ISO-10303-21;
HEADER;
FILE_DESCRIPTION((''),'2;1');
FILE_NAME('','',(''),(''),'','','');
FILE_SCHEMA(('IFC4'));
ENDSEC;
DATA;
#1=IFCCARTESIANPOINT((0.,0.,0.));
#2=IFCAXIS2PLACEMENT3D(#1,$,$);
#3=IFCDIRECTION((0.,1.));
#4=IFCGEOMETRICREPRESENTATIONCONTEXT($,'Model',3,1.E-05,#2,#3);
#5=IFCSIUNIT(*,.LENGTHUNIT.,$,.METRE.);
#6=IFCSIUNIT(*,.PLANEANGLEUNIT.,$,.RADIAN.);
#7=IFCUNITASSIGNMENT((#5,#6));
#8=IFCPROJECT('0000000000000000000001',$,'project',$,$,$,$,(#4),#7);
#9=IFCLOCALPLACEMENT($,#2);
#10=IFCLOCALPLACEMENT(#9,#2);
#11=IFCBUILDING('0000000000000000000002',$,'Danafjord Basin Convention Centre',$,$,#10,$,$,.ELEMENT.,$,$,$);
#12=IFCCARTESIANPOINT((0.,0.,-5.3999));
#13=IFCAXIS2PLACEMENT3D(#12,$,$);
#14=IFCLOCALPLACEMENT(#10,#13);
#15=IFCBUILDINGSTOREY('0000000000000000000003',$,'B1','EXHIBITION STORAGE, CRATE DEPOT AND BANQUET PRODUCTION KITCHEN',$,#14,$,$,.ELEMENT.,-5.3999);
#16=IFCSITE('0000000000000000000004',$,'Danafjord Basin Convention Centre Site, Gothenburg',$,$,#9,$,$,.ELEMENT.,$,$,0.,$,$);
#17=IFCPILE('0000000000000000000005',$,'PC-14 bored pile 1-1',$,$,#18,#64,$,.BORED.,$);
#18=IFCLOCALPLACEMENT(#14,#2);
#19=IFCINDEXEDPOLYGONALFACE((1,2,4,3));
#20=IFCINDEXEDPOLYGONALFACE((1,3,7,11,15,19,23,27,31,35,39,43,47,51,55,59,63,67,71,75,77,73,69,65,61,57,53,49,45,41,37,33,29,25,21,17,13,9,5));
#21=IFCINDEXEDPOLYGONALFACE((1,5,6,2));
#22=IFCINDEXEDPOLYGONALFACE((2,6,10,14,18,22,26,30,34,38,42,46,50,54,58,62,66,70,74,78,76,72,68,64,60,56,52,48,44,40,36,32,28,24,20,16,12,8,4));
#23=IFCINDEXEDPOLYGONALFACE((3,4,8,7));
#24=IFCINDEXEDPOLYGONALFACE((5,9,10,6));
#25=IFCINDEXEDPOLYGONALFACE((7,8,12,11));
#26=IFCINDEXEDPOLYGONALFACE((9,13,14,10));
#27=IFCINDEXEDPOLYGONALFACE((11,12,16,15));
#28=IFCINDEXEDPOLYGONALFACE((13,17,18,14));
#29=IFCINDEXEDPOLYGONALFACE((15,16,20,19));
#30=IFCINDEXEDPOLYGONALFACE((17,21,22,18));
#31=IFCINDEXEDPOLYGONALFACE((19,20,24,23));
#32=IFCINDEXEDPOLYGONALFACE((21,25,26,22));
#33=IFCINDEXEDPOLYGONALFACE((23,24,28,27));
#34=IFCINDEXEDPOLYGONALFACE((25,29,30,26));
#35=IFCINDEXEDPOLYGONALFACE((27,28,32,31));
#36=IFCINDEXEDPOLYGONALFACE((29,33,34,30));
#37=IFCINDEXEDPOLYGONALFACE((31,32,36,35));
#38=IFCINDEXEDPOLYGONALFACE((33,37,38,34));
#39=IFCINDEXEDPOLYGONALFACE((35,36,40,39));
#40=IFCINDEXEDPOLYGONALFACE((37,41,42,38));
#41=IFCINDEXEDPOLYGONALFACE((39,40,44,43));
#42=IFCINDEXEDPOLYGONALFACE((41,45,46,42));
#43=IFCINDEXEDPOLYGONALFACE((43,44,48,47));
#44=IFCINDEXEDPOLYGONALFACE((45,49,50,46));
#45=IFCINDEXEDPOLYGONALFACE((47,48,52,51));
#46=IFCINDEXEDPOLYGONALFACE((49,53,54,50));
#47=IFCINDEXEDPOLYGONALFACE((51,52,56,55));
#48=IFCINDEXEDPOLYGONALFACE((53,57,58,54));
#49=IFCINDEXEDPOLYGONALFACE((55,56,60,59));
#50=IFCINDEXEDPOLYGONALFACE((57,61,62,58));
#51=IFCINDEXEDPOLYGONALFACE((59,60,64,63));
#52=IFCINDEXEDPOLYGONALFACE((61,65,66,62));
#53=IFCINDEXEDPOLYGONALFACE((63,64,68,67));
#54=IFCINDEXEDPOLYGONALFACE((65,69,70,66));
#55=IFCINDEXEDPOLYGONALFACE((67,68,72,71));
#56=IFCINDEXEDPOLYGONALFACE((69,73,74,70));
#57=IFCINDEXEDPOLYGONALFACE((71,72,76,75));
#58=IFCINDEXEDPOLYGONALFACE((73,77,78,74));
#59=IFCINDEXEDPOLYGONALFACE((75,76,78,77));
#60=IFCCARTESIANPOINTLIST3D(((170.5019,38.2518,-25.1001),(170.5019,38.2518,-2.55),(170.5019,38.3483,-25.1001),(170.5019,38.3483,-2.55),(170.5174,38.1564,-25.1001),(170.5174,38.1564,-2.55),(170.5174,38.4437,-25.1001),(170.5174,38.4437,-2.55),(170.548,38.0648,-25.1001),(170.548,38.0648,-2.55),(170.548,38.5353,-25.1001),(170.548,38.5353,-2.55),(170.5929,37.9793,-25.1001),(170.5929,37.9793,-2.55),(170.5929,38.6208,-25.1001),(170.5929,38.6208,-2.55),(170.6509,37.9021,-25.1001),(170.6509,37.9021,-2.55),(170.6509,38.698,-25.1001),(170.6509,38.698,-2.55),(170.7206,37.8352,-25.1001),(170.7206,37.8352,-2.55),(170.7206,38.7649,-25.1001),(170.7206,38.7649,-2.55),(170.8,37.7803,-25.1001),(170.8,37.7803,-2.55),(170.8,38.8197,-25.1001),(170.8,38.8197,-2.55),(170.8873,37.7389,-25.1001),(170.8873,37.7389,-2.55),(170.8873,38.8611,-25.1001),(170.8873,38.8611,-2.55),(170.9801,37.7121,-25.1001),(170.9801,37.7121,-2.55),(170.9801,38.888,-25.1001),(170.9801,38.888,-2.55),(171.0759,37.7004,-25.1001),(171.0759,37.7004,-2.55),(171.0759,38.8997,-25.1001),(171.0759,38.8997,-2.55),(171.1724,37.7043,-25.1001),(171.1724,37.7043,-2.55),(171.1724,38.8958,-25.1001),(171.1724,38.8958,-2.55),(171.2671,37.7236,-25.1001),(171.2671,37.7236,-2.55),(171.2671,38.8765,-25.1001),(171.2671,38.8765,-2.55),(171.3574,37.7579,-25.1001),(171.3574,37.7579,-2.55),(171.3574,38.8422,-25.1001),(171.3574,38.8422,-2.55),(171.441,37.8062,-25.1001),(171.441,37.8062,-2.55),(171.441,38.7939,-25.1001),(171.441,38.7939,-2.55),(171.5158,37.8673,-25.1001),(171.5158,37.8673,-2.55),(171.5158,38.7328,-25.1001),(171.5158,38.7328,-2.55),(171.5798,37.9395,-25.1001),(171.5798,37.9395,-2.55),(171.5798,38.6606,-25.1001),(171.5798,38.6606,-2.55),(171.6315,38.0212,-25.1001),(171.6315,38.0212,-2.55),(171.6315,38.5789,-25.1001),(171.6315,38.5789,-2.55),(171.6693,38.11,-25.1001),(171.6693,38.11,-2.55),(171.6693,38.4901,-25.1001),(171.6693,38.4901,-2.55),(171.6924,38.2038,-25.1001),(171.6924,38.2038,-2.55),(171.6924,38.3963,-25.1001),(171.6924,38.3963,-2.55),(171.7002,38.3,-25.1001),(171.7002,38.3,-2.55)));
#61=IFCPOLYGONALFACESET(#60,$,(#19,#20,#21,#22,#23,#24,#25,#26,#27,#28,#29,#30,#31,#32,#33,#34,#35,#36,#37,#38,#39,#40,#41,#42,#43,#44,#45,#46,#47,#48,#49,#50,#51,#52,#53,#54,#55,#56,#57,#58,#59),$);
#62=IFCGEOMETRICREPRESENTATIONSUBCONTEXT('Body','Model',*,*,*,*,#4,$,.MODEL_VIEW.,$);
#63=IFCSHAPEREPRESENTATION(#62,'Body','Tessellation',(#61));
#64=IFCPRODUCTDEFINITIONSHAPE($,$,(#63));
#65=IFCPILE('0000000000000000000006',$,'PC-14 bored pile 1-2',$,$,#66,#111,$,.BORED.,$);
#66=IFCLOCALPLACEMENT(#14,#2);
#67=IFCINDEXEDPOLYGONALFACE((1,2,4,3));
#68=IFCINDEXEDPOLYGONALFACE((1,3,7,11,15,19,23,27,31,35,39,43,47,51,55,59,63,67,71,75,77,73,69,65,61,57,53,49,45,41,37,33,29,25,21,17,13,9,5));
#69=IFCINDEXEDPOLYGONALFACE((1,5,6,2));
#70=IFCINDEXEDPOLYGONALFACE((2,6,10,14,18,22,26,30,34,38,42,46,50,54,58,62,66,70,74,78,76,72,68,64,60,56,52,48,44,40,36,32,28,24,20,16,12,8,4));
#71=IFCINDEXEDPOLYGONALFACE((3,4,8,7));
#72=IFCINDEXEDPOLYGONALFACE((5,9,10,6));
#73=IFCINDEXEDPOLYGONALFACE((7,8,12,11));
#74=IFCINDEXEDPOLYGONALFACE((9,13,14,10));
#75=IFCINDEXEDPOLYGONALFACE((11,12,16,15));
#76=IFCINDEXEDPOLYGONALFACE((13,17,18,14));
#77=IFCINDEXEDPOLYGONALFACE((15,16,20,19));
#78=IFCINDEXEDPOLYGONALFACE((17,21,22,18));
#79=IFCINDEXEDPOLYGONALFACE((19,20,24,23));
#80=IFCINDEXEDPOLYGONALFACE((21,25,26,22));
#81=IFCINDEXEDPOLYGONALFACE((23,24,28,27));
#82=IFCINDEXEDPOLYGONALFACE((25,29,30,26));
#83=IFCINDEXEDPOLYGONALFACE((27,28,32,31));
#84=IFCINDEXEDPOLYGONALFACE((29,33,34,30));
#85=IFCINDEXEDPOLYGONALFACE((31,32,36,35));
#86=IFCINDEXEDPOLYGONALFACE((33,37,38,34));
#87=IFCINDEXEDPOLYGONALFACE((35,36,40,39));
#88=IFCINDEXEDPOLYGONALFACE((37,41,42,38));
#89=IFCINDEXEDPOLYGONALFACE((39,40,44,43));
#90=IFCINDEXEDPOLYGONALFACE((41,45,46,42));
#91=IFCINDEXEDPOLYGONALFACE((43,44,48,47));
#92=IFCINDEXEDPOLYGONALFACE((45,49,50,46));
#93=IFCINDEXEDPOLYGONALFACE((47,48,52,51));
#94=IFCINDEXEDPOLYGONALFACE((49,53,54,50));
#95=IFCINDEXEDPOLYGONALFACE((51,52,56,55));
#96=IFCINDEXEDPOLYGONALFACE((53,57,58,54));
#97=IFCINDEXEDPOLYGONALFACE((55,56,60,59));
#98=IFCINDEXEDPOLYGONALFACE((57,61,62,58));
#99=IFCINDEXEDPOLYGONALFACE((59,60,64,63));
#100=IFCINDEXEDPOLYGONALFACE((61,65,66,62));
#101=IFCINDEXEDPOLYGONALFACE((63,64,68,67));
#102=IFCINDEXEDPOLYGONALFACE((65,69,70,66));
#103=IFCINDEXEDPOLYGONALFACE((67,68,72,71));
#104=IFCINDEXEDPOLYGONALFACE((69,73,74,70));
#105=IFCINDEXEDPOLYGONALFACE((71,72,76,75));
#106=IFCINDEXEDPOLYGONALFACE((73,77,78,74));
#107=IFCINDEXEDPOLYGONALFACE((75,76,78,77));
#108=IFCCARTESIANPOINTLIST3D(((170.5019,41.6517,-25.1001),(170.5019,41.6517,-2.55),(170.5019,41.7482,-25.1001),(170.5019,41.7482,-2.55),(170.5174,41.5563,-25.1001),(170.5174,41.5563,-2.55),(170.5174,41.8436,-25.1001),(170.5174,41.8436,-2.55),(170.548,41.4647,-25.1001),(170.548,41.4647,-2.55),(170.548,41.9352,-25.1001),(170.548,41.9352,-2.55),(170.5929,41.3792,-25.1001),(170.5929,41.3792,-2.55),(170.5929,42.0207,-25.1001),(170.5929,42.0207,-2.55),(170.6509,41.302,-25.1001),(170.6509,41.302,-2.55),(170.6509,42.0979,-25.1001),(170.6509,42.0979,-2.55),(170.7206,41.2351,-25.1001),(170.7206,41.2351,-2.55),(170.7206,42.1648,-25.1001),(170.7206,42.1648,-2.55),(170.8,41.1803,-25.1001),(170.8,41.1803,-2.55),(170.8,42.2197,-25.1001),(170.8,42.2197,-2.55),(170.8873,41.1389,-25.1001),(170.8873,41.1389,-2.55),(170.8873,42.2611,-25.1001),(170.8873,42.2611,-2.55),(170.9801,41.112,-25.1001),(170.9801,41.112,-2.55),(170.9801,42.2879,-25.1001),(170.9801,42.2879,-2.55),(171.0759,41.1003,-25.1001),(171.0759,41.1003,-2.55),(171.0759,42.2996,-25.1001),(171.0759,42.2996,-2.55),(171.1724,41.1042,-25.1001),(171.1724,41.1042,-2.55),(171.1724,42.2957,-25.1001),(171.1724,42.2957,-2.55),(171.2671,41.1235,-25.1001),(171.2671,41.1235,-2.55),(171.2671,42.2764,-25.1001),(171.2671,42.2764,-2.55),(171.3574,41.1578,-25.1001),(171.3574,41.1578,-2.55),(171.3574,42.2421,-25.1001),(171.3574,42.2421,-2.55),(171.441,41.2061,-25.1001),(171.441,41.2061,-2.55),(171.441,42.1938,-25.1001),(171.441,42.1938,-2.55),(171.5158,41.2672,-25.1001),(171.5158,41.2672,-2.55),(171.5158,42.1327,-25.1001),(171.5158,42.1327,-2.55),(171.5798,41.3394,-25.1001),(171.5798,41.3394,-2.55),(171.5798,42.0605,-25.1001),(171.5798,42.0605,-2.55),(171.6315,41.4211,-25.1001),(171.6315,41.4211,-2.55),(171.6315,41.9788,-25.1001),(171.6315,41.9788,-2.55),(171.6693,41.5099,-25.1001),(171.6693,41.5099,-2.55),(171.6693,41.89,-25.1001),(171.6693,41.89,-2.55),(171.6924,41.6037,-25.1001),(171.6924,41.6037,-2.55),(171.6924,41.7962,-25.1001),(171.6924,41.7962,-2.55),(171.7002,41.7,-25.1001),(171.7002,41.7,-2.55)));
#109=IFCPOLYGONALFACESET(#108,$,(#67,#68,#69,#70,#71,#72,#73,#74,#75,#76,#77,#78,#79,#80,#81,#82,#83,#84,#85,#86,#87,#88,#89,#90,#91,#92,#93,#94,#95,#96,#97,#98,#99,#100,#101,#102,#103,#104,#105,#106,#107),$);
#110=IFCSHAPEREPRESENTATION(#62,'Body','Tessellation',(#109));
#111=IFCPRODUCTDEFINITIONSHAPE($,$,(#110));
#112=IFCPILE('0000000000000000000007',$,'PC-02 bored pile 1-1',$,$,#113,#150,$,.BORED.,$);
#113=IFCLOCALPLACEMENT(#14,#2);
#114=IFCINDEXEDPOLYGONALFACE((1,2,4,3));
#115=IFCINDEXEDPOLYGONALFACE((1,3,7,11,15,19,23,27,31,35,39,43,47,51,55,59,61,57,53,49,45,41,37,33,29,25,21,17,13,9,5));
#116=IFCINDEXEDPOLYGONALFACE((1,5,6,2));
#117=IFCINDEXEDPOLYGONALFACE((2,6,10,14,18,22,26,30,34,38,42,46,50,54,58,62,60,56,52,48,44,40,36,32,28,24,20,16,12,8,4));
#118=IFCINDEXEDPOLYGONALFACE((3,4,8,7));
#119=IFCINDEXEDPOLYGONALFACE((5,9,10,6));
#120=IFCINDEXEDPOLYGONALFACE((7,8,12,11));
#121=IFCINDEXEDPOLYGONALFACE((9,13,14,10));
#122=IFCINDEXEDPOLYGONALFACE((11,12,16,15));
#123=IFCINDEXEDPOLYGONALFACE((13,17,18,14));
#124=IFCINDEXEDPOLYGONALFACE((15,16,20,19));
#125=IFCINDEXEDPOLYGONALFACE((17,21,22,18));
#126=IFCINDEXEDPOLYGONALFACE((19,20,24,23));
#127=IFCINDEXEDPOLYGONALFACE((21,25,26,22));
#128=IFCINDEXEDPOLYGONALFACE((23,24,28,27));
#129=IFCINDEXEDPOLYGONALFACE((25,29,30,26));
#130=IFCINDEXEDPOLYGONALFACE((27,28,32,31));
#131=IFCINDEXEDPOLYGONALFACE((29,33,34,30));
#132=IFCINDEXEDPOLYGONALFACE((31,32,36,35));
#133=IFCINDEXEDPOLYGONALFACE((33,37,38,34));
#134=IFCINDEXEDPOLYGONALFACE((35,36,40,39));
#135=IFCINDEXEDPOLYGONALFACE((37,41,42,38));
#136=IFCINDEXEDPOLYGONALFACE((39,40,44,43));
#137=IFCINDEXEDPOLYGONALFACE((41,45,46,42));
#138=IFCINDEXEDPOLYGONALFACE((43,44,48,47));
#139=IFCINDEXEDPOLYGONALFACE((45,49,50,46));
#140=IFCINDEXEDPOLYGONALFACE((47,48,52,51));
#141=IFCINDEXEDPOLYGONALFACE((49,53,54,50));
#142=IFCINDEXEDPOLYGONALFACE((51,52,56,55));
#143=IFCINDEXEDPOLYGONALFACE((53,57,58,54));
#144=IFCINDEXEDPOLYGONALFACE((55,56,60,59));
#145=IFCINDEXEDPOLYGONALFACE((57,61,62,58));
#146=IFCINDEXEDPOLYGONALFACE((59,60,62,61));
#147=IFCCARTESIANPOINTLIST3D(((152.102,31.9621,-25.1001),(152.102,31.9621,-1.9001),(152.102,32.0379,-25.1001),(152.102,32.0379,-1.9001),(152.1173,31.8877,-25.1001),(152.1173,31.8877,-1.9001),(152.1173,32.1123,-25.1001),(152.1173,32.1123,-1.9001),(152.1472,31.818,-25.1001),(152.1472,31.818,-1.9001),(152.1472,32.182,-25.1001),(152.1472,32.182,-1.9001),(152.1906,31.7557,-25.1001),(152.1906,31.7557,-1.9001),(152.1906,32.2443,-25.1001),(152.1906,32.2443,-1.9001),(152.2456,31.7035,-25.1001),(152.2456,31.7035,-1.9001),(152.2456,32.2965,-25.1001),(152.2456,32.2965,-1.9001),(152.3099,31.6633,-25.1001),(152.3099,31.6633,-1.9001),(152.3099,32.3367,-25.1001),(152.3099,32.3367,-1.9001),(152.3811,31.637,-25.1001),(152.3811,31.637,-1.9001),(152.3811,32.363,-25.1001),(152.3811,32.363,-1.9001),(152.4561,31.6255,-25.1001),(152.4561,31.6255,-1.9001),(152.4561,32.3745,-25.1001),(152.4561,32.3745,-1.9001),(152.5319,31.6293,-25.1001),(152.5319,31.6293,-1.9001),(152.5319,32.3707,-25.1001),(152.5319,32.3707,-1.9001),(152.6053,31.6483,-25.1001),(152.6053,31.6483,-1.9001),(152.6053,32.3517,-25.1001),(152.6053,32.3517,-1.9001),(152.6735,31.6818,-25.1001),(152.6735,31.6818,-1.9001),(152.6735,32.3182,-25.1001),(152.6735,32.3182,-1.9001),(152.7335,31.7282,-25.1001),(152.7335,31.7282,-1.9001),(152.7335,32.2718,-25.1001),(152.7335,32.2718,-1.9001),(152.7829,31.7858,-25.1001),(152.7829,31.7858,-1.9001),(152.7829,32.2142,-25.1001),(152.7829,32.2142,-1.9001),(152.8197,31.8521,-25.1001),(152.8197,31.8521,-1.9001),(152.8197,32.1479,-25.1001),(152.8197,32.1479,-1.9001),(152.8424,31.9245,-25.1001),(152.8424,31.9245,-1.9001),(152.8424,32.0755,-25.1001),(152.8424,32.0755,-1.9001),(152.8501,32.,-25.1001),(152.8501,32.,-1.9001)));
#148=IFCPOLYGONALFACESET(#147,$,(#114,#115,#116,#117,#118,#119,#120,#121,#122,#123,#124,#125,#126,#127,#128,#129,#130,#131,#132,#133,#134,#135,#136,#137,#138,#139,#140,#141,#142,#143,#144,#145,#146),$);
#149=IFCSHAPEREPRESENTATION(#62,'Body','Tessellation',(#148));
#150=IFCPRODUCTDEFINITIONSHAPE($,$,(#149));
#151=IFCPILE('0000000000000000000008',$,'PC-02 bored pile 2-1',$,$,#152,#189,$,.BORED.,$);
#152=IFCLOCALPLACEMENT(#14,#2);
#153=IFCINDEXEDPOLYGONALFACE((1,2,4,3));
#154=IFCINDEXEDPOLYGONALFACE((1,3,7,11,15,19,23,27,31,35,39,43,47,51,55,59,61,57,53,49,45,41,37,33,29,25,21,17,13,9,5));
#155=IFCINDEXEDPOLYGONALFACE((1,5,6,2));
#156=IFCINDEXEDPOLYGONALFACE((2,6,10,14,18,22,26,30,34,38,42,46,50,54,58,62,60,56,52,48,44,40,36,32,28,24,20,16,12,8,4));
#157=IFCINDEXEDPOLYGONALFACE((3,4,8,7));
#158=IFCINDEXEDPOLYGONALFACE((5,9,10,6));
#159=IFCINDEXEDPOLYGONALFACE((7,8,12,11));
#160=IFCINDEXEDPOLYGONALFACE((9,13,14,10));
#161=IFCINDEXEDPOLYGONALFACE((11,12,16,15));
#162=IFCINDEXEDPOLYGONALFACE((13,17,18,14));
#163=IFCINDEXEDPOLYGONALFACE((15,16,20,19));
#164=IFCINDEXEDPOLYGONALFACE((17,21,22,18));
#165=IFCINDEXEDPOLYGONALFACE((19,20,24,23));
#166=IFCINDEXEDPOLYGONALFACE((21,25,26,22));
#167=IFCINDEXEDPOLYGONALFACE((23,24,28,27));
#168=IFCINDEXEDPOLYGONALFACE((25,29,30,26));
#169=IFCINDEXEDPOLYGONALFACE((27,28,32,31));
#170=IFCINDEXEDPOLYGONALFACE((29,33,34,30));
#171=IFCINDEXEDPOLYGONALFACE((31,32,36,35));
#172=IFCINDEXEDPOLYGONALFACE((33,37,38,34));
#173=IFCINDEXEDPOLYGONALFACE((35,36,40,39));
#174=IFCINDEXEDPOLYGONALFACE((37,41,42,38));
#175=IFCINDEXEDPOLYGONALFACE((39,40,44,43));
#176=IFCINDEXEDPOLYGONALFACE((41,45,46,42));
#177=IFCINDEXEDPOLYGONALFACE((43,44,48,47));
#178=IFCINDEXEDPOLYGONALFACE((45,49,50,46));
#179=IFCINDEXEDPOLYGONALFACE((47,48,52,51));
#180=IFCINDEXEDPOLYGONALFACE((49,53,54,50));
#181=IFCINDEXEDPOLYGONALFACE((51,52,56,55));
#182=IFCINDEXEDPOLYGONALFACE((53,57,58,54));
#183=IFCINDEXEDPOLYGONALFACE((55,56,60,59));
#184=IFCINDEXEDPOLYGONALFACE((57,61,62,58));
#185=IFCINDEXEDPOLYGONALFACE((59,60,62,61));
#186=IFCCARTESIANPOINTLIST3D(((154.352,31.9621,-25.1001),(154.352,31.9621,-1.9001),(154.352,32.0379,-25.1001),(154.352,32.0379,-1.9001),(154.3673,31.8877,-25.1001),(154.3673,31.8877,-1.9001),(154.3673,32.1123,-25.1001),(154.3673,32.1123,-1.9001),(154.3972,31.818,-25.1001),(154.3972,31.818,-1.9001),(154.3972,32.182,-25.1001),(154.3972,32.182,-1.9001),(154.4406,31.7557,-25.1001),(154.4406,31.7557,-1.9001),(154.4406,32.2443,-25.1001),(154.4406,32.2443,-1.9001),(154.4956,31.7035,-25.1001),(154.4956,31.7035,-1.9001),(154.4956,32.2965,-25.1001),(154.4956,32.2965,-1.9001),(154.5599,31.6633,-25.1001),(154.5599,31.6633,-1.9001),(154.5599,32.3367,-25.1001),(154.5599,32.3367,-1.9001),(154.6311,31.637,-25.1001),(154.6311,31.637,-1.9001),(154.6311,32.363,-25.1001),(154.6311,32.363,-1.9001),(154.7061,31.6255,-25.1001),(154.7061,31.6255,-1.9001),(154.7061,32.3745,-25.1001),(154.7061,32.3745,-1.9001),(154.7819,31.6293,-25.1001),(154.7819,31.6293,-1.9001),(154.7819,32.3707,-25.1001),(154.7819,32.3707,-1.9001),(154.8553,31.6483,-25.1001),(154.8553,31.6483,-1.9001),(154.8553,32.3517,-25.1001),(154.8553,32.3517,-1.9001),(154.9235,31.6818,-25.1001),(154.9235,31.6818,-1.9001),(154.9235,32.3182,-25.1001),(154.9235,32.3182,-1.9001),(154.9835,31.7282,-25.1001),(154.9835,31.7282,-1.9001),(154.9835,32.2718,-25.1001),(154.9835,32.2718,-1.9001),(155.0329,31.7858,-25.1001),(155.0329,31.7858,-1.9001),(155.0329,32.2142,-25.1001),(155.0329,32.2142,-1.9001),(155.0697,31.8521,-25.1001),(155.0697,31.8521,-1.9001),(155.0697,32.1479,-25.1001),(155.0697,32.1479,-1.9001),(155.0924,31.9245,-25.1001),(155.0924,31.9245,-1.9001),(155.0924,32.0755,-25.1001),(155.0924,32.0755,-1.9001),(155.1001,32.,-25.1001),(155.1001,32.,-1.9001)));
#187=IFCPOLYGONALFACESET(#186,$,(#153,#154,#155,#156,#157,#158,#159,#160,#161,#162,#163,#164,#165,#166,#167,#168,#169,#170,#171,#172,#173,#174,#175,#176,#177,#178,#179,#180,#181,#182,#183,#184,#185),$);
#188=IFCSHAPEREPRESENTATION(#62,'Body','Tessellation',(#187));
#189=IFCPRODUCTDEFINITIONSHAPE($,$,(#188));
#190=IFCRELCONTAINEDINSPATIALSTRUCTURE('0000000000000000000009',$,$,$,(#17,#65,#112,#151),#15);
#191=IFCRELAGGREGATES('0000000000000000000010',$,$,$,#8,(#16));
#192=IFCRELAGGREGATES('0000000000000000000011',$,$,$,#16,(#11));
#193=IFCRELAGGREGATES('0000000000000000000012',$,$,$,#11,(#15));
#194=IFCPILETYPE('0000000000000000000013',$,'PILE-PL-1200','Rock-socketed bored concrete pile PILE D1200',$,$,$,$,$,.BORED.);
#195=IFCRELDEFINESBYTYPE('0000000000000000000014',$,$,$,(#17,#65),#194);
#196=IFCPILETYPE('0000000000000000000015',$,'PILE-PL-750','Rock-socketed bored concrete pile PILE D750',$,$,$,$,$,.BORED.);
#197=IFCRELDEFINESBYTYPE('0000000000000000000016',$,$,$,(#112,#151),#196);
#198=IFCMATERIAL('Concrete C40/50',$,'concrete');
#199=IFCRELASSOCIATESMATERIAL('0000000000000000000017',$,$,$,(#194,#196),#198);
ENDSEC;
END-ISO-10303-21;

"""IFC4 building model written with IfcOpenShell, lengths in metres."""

from ifc_helpers import new_model, si_unit, direction, frame, origin, origin_2d, place, context, subcontext, project, spatial, circle, extrude, material, material_profile, profile_set, type_object, element, save


model = new_model("IFC4")

# Units and contexts
model_context = context("Model", 3, precision=1e-05, world=origin(), true_north=direction((0.0, 1.0)))
body_context = subcontext(model_context, "Body", "Model", "MODEL_VIEW")
ifc_project = project(units=[si_unit("LENGTHUNIT", "METRE"), si_unit("PLANEANGLEUNIT", "RADIAN")], contexts=[model_context])

# Site, building, storey
site_placement = place(None, origin())
site = spatial("IfcSite", under=ifc_project, at=site_placement, Name="Danafjord Basin Convention Centre Site, Gothenburg", CompositionType="ELEMENT", RefElevation=0.0)
building_placement = place(site_placement, origin())
building = spatial("IfcBuilding", under=site, at=building_placement, Name="Danafjord Basin Convention Centre", CompositionType="ELEMENT")
storey_placement = place(building_placement, frame((0.0, 0.0, -5.3999)))
storey = spatial("IfcBuildingStorey", under=building, at=storey_placement, Name="B1", Description="EXHIBITION STORAGE, CRATE DEPOT AND BANQUET PRODUCTION KITCHEN", CompositionType="ELEMENT", Elevation=-5.3999)

# Shared definitions
ifc_material_1 = material(Name="Concrete C40/50", Category="concrete")

# Piles
ifc_material_profile_1 = material_profile(ifc_material_1, circle(Radius=0.6001, at=origin_2d()), Name="PILE D1200")
ifc_profile_set_1 = profile_set([ifc_material_profile_1], Name="Concrete C40/50")
pile_type_1 = type_object("IfcPileType", Name="PILE-PL-1200", Description="Rock-socketed bored concrete pile PILE D1200", PredefinedType="BORED", material=ifc_profile_set_1)
for number, where, z_axis, x_axis, name in (
    (1, (171.1001, 38.3, -2.55), (0.0, 0.0, -1.0), (1.0, 0.0, 0.0), "PC-14 bored pile 1-1"),
    (2, (171.1001, 41.7, -2.55), (0.0, 0.0, -1.0), (1.0, 0.0, 0.0), "PC-14 bored pile 1-2"),
):
    element("IfcPile", number, at=place(storey_placement, frame(where, z_axis=z_axis, x_axis=x_axis)), inside=storey, type_object=pile_type_1, Name=name, PredefinedType="BORED", context=body_context, shape_type="SweptSolid", body=[
        extrude(circle(Radius=0.6001, at=origin_2d()), origin(), (0.0, 0.0, 1.0), 22.55),
    ])
ifc_material_profile_2 = material_profile(ifc_material_1, circle(Radius=0.375, at=origin_2d()), Name="PILE D750")
ifc_profile_set_2 = profile_set([ifc_material_profile_2], Name="Concrete C40/50")
pile_type_2 = type_object("IfcPileType", Name="PILE-PL-750", Description="Rock-socketed bored concrete pile PILE D750", PredefinedType="BORED", material=ifc_profile_set_2)
for number, where, z_axis, x_axis, name in (
    (3, (152.4751, 32.0, -1.9001), (0.0, 0.0, -1.0), (1.0, 0.0, 0.0), "PC-02 bored pile 1-1"),
    (4, (154.7251, 32.0, -1.9001), (0.0, 0.0, -1.0), (1.0, 0.0, 0.0), "PC-02 bored pile 2-1"),
):
    element("IfcPile", number, at=place(storey_placement, frame(where, z_axis=z_axis, x_axis=x_axis)), inside=storey, type_object=pile_type_2, Name=name, PredefinedType="BORED", context=body_context, shape_type="SweptSolid", body=[
        extrude(circle(Radius=0.375, at=origin_2d()), origin(), (0.0, 0.0, 1.0), 23.2),
    ])

save(model, "model.ifc")
